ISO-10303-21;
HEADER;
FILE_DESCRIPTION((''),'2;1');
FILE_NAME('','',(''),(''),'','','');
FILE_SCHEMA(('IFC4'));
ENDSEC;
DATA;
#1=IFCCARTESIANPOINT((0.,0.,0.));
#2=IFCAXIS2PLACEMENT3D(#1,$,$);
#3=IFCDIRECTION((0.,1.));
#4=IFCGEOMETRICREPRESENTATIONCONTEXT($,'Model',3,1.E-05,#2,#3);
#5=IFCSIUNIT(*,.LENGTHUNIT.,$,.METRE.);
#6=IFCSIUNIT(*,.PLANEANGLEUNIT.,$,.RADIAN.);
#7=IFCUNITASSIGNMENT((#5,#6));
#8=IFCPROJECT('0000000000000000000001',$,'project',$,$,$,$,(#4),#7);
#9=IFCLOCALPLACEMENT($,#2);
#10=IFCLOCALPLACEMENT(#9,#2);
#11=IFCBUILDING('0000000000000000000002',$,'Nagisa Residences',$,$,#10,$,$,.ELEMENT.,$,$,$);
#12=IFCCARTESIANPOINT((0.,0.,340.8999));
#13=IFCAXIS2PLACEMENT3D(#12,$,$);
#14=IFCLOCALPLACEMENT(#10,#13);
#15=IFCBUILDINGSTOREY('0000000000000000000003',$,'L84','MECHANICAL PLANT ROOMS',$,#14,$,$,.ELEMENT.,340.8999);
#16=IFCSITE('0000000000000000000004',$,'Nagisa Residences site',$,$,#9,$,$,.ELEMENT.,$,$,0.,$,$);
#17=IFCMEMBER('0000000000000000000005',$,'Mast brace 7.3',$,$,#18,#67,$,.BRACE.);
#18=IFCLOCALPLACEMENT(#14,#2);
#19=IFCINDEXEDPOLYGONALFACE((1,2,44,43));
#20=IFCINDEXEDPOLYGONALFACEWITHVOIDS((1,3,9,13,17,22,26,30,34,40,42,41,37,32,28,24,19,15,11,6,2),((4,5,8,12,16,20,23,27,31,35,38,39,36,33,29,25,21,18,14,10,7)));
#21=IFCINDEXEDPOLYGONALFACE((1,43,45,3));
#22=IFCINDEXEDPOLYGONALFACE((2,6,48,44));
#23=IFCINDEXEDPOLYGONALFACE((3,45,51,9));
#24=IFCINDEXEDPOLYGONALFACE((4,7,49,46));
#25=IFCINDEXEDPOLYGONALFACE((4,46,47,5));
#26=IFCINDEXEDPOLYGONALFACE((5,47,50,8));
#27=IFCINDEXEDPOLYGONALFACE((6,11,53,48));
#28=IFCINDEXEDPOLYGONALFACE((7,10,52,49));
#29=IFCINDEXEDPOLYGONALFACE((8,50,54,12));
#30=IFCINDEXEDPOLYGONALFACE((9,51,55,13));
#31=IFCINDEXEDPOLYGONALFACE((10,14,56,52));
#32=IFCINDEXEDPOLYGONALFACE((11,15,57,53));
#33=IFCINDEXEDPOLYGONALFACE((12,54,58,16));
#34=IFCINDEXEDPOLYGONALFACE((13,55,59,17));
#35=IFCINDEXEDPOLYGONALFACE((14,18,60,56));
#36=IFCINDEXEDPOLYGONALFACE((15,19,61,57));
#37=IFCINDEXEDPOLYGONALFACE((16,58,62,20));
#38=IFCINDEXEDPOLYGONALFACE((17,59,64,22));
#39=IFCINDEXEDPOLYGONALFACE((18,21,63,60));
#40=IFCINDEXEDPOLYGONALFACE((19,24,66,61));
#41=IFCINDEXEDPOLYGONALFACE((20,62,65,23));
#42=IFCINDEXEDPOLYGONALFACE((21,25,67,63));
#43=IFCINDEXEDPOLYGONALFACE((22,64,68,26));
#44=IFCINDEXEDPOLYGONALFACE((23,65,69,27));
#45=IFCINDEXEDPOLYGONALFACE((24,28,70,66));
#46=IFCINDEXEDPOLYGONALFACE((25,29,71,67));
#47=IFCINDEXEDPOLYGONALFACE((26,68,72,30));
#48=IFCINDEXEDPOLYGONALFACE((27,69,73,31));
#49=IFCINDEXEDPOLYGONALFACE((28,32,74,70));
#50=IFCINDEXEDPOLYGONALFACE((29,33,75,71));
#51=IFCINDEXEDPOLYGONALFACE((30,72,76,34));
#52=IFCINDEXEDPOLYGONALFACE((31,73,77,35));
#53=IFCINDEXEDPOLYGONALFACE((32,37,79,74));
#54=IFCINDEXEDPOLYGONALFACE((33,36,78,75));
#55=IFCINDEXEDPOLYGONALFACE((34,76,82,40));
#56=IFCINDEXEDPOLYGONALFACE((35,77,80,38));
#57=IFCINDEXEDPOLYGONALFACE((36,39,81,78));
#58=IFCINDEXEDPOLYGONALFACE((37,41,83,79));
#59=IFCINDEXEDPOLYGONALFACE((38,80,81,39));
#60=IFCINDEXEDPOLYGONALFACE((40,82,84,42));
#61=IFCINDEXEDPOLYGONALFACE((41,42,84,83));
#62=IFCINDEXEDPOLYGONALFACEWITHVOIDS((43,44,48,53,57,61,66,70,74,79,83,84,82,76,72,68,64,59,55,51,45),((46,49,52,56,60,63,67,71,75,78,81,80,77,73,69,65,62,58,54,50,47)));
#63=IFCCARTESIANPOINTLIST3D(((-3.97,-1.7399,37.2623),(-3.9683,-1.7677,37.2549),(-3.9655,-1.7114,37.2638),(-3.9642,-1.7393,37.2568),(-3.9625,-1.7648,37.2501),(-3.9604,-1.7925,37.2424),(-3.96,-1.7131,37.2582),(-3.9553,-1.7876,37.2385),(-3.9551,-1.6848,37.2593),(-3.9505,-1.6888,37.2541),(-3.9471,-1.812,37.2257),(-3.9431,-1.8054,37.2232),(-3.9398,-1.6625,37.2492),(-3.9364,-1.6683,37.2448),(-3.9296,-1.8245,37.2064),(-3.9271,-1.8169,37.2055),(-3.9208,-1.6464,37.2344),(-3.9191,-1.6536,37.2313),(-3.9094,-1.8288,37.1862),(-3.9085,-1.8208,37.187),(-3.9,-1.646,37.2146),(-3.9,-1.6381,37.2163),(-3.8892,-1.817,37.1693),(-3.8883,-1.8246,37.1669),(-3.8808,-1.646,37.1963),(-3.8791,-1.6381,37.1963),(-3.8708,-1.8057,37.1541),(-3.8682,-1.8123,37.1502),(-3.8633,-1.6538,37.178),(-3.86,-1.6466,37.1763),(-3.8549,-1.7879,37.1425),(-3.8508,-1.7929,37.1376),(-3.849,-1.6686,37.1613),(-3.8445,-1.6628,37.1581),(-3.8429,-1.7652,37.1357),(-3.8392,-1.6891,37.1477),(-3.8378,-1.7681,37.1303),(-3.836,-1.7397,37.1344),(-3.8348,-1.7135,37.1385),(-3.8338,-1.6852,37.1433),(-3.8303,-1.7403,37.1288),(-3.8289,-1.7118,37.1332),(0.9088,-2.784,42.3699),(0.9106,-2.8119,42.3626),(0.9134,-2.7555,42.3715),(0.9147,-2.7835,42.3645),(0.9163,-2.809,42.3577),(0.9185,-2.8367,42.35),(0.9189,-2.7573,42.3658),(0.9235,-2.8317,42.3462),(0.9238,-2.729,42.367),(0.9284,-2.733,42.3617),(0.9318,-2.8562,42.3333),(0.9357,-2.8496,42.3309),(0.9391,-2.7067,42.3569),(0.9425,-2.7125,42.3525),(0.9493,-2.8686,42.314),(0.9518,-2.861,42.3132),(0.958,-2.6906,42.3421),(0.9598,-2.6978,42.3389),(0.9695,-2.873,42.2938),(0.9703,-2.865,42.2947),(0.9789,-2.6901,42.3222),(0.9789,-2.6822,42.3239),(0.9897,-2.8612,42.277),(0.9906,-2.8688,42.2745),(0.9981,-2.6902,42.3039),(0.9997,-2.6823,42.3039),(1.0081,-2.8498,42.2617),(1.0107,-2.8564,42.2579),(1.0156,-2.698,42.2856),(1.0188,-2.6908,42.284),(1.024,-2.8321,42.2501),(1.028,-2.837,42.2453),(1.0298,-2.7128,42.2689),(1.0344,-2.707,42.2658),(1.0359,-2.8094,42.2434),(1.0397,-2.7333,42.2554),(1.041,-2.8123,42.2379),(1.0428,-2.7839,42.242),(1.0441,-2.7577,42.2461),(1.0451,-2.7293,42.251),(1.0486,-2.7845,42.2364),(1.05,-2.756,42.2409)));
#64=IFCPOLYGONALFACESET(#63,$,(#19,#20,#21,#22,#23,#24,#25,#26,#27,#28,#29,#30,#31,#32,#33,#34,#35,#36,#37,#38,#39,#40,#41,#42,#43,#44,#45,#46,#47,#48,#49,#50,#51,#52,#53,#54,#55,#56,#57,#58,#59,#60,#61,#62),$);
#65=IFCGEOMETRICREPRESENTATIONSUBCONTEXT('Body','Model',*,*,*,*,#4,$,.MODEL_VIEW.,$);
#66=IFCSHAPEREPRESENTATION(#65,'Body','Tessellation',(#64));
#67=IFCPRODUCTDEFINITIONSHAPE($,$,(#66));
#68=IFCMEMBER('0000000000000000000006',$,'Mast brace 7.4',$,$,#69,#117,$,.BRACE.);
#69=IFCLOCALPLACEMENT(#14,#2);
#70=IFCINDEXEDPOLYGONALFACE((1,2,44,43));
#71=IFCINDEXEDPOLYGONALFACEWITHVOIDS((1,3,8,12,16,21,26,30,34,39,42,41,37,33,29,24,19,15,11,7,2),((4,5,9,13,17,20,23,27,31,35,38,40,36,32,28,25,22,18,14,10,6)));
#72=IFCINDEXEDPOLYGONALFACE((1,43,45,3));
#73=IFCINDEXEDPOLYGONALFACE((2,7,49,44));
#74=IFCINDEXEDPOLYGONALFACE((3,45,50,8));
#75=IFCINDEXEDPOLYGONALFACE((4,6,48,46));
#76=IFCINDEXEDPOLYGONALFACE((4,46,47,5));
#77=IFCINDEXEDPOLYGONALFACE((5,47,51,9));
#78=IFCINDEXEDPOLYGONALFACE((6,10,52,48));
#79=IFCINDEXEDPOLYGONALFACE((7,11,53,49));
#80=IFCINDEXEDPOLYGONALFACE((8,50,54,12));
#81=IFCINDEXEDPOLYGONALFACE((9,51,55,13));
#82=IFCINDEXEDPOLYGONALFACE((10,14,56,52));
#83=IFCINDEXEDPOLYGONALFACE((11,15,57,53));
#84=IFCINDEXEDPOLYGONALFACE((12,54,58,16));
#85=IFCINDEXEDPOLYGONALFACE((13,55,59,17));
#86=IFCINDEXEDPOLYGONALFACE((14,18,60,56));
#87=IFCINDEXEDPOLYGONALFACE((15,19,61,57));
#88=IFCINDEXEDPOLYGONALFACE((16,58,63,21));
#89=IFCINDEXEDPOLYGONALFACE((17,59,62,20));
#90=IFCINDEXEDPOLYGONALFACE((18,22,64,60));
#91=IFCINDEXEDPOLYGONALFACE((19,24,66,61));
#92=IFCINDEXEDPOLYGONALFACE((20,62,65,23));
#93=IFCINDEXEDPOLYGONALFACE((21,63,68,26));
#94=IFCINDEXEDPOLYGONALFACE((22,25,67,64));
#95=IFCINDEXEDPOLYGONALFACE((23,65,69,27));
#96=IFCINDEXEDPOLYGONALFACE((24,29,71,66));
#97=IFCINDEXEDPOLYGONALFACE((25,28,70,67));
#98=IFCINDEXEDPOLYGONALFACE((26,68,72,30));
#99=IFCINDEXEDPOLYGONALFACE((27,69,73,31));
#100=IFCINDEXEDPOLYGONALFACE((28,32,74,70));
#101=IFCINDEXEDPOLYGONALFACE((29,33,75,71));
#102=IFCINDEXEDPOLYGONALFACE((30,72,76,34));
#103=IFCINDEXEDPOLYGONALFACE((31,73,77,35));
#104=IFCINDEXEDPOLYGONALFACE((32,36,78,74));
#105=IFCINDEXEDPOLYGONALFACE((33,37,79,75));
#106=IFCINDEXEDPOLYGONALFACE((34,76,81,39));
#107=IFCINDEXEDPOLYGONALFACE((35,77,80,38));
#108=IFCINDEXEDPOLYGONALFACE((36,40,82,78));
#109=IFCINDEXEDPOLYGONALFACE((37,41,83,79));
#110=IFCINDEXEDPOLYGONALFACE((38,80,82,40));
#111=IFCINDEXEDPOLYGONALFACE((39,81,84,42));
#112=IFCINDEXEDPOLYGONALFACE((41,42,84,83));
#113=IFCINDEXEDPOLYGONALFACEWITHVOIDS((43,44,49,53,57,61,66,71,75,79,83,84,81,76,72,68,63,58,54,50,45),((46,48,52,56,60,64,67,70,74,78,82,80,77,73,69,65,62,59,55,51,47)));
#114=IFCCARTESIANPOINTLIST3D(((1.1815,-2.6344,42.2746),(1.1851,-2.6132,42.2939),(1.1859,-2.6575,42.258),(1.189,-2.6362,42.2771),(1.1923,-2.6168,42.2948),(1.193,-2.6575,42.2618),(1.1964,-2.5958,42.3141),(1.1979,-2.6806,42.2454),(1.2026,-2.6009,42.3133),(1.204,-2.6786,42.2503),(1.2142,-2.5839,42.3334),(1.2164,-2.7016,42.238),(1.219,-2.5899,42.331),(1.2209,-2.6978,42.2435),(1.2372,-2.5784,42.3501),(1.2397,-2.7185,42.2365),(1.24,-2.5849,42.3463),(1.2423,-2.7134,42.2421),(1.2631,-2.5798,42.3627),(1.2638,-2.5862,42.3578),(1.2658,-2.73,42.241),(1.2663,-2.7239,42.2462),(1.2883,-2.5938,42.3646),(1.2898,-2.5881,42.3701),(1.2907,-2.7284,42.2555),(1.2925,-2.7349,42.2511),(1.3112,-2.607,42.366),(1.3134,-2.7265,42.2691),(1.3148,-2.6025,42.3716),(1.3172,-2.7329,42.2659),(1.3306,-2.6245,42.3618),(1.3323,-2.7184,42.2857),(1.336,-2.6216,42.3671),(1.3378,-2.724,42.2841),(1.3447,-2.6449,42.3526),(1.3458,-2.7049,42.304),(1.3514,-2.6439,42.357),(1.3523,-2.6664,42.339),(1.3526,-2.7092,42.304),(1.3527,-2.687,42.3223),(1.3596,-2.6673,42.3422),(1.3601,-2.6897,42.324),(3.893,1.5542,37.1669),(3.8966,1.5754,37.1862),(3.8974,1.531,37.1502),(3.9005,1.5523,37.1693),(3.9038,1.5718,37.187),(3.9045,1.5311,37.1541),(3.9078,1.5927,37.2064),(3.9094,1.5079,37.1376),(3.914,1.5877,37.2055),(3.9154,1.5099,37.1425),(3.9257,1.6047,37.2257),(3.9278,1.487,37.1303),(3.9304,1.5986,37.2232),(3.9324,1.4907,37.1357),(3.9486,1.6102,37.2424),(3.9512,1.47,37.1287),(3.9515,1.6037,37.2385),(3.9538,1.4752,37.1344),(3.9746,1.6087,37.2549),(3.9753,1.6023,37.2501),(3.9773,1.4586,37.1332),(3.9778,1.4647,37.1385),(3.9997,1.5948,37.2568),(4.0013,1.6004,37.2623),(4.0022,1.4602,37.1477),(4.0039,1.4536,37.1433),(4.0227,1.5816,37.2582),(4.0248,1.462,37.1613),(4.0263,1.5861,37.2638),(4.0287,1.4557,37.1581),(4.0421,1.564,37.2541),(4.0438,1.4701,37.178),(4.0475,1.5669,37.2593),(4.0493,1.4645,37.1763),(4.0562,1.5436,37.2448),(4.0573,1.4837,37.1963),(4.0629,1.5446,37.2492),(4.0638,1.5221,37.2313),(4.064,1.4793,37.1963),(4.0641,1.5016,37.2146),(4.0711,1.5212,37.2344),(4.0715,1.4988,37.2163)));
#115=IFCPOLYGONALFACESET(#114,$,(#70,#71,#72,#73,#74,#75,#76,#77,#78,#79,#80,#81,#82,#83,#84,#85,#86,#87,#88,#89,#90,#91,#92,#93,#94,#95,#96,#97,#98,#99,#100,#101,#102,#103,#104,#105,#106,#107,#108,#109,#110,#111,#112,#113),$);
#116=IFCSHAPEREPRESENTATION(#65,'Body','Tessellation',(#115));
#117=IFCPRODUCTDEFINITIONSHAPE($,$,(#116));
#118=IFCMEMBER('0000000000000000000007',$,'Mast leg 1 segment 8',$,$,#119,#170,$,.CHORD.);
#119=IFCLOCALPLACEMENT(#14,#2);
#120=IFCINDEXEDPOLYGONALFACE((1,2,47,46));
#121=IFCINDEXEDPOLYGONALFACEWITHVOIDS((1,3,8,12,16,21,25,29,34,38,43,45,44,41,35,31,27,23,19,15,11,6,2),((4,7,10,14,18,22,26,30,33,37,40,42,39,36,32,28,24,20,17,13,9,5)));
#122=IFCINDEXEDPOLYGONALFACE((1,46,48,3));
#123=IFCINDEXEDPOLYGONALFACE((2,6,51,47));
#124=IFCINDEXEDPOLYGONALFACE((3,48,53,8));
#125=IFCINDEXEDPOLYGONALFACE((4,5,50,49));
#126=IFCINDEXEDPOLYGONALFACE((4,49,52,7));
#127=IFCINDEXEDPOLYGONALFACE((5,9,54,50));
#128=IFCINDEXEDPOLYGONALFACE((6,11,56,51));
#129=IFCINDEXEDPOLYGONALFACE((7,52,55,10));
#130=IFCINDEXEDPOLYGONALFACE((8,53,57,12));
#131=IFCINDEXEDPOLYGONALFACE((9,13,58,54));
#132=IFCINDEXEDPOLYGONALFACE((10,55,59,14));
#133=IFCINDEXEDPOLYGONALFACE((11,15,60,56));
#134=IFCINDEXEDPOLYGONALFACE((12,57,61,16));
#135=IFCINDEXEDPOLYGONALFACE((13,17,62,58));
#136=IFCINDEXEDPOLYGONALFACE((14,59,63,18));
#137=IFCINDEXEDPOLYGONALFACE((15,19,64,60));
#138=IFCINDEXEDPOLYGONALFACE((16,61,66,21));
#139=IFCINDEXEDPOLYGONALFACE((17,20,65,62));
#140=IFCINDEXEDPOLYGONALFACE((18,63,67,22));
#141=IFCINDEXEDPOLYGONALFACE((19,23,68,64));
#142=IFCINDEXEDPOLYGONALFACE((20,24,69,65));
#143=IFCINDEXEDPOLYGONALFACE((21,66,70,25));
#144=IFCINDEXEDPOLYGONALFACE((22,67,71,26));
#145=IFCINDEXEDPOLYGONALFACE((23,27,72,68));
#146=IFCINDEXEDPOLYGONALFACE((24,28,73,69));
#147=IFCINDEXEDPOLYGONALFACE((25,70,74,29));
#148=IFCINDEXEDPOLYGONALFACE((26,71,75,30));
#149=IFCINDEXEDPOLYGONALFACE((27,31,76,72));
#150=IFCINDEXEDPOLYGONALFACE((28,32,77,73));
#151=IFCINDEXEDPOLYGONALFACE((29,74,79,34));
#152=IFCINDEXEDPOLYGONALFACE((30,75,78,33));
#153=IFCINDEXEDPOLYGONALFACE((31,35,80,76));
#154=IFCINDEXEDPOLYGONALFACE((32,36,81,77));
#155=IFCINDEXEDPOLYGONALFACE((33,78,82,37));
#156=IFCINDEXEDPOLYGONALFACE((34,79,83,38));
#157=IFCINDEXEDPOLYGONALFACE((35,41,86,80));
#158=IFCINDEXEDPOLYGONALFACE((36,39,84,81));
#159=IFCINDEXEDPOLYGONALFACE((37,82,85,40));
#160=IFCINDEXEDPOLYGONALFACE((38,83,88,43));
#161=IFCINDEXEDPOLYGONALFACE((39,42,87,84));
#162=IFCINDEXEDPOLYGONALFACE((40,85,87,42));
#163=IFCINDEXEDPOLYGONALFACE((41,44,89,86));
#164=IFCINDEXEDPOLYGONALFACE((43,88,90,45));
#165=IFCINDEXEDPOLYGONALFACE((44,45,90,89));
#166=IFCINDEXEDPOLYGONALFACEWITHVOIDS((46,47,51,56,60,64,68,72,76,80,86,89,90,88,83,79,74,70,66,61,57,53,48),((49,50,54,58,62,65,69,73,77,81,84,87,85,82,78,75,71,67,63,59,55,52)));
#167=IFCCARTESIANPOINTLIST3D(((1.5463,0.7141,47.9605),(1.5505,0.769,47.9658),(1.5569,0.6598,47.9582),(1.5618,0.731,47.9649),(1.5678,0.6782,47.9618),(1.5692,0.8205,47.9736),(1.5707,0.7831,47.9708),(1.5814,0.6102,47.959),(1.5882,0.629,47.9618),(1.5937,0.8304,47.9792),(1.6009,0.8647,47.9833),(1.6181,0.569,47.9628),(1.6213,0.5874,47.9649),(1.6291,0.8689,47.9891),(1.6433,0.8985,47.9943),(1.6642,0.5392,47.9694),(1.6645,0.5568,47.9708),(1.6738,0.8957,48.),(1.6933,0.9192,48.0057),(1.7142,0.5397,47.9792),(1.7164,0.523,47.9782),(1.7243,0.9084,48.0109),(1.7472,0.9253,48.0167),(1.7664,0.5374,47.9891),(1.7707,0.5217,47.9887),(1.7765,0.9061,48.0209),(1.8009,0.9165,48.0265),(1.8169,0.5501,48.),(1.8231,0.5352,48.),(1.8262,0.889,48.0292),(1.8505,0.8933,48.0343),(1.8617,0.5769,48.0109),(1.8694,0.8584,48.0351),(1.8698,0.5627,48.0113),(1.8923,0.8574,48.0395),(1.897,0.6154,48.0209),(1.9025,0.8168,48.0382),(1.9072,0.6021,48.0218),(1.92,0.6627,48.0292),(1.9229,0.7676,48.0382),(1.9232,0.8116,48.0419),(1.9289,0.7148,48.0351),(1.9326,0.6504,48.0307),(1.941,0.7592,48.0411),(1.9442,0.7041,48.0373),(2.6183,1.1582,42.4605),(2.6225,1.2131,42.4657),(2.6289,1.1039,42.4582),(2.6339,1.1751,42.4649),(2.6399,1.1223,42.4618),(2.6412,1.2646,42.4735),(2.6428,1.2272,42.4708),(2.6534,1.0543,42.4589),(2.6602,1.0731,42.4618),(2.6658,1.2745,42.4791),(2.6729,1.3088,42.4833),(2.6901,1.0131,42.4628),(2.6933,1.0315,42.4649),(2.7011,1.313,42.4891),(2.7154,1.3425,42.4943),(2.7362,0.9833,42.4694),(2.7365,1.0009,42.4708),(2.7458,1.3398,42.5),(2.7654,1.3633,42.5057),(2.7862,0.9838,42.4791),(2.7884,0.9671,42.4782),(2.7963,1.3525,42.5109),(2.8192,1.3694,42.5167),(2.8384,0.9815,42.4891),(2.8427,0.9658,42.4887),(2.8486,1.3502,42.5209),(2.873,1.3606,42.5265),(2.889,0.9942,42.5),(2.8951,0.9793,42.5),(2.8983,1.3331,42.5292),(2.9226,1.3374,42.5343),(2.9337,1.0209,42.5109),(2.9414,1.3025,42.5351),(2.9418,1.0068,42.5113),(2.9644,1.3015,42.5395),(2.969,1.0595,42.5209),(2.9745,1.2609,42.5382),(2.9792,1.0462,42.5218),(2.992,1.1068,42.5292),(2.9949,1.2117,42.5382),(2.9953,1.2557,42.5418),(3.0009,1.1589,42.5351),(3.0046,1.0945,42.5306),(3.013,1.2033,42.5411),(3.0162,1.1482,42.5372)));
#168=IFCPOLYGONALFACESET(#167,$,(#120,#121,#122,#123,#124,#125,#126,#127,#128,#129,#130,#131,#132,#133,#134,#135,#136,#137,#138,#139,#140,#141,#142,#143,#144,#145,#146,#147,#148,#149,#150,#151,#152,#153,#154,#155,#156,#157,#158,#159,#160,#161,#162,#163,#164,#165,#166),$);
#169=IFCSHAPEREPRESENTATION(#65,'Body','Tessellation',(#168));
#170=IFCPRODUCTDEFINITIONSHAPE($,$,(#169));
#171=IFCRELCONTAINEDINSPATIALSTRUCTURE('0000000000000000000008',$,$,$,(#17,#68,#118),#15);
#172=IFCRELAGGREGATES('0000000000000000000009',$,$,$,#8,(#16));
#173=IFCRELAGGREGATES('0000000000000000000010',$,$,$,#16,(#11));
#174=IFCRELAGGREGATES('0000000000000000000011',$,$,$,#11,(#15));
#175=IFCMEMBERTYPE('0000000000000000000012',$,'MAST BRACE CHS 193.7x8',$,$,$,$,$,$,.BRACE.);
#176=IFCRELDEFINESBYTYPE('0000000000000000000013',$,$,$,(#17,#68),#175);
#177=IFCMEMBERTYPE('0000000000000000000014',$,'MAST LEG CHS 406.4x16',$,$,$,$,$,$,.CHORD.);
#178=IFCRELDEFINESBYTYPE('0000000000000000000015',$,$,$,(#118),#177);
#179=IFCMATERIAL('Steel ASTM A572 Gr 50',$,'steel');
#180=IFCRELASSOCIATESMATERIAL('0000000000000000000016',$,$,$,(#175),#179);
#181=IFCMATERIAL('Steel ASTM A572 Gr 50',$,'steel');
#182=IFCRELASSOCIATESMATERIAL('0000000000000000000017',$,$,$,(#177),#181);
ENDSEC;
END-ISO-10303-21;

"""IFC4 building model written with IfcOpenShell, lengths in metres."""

from ifc_helpers import new_model, si_unit, direction, frame, origin, origin_2d, place, context, subcontext, project, spatial, hollow_circle, extrude, material, material_profile, profile_set, type_object, element, save


model = new_model("IFC4")

# Units and contexts
model_context = context("Model", 3, precision=1e-05, world=origin(), true_north=direction((0.0, 1.0)))
body_context = subcontext(model_context, "Body", "Model", "MODEL_VIEW")
ifc_project = project(units=[si_unit("LENGTHUNIT", "METRE"), si_unit("PLANEANGLEUNIT", "RADIAN")], contexts=[model_context])

# Site, building, storey
site_placement = place(None, origin())
site = spatial("IfcSite", under=ifc_project, at=site_placement, Name="Nagisa Residences site", CompositionType="ELEMENT", RefElevation=0.0)
building_placement = place(site_placement, origin())
building = spatial("IfcBuilding", under=site, at=building_placement, Name="Nagisa Residences", CompositionType="ELEMENT")
storey_placement = place(building_placement, frame((0.0, 0.0, 340.8999)))
storey = spatial("IfcBuildingStorey", under=building, at=storey_placement, Name="L84", Description="MECHANICAL PLANT ROOMS", CompositionType="ELEMENT", Elevation=340.8999)

# Members
ifc_material_1 = material(Name="Steel ASTM A572 Gr 50", Category="steel")
ifc_material_profile_1 = material_profile(ifc_material_1, hollow_circle(Radius=0.0969, WallThickness=0.0081, at=origin_2d()), Name="MAST BRACE CHS 193.7x8")
ifc_profile_set_1 = profile_set([ifc_material_profile_1], Name="Steel ASTM A572 Gr 50")
member_type_1 = type_object("IfcMemberType", Name="MAST BRACE CHS 193.7x8", PredefinedType="BRACE", material=ifc_profile_set_1)
member_1_placement = place(storey_placement, frame((-3.8994, -1.7329, 37.1963), z_axis=(0.683302, -0.146241, 0.71534), x_axis=(0.209282, 0.977855, 0.0)))
element("IfcMember", 1, at=member_1_placement, inside=storey, type_object=member_type_1, Name="Mast brace 7.3", PredefinedType="BRACE", context=body_context, shape_type="SweptSolid", body=[
    extrude(hollow_circle(Radius=0.0969, WallThickness=0.0081, at=origin_2d()), origin(), (0.0, 0.0, 1.0), 7.1401),
])
member_2_placement = place(storey_placement, frame((3.9827, 1.532, 37.1963), z_axis=(-0.379737, -0.586599, 0.715333), x_axis=(0.839457, -0.543426, 0.0)))
element("IfcMember", 2, at=member_2_placement, inside=storey, type_object=member_type_1, Name="Mast brace 7.4", PredefinedType="BRACE", context=body_context, shape_type="SweptSolid", body=[
    extrude(hollow_circle(Radius=0.0969, WallThickness=0.0081, at=origin_2d()), origin(), (0.0, 0.0, 1.0), 7.1404),
])
ifc_material_2 = material(Name="Steel ASTM A572 Gr 50", Category="steel")
ifc_material_profile_2 = material_profile(ifc_material_2, hollow_circle(Radius=0.2031, WallThickness=0.0161, at=origin_2d()), Name="MAST LEG CHS 406.4x16")
ifc_profile_set_2 = profile_set([ifc_material_profile_2], Name="Steel ASTM A572 Gr 50")
member_type_2 = type_object("IfcMemberType", Name="MAST LEG CHS 406.4x16", PredefinedType="CHORD", material=ifc_profile_set_2)
member_3_placement = place(storey_placement, frame((2.8174, 1.167, 42.5), z_axis=(-0.190715, -0.079005, 0.978461), x_axis=(0.382717, -0.923866, 0.0)))
element("IfcMember", 3, at=member_3_placement, inside=storey, type_object=member_type_2, Name="Mast leg 1 segment 8", PredefinedType="CHORD", context=body_context, shape_type="SweptSolid", body=[
    extrude(hollow_circle(Radius=0.2031, WallThickness=0.0161, at=origin_2d()), origin(), (0.0, 0.0, 1.0), 5.6211),
])

save(model, "model.ifc")
